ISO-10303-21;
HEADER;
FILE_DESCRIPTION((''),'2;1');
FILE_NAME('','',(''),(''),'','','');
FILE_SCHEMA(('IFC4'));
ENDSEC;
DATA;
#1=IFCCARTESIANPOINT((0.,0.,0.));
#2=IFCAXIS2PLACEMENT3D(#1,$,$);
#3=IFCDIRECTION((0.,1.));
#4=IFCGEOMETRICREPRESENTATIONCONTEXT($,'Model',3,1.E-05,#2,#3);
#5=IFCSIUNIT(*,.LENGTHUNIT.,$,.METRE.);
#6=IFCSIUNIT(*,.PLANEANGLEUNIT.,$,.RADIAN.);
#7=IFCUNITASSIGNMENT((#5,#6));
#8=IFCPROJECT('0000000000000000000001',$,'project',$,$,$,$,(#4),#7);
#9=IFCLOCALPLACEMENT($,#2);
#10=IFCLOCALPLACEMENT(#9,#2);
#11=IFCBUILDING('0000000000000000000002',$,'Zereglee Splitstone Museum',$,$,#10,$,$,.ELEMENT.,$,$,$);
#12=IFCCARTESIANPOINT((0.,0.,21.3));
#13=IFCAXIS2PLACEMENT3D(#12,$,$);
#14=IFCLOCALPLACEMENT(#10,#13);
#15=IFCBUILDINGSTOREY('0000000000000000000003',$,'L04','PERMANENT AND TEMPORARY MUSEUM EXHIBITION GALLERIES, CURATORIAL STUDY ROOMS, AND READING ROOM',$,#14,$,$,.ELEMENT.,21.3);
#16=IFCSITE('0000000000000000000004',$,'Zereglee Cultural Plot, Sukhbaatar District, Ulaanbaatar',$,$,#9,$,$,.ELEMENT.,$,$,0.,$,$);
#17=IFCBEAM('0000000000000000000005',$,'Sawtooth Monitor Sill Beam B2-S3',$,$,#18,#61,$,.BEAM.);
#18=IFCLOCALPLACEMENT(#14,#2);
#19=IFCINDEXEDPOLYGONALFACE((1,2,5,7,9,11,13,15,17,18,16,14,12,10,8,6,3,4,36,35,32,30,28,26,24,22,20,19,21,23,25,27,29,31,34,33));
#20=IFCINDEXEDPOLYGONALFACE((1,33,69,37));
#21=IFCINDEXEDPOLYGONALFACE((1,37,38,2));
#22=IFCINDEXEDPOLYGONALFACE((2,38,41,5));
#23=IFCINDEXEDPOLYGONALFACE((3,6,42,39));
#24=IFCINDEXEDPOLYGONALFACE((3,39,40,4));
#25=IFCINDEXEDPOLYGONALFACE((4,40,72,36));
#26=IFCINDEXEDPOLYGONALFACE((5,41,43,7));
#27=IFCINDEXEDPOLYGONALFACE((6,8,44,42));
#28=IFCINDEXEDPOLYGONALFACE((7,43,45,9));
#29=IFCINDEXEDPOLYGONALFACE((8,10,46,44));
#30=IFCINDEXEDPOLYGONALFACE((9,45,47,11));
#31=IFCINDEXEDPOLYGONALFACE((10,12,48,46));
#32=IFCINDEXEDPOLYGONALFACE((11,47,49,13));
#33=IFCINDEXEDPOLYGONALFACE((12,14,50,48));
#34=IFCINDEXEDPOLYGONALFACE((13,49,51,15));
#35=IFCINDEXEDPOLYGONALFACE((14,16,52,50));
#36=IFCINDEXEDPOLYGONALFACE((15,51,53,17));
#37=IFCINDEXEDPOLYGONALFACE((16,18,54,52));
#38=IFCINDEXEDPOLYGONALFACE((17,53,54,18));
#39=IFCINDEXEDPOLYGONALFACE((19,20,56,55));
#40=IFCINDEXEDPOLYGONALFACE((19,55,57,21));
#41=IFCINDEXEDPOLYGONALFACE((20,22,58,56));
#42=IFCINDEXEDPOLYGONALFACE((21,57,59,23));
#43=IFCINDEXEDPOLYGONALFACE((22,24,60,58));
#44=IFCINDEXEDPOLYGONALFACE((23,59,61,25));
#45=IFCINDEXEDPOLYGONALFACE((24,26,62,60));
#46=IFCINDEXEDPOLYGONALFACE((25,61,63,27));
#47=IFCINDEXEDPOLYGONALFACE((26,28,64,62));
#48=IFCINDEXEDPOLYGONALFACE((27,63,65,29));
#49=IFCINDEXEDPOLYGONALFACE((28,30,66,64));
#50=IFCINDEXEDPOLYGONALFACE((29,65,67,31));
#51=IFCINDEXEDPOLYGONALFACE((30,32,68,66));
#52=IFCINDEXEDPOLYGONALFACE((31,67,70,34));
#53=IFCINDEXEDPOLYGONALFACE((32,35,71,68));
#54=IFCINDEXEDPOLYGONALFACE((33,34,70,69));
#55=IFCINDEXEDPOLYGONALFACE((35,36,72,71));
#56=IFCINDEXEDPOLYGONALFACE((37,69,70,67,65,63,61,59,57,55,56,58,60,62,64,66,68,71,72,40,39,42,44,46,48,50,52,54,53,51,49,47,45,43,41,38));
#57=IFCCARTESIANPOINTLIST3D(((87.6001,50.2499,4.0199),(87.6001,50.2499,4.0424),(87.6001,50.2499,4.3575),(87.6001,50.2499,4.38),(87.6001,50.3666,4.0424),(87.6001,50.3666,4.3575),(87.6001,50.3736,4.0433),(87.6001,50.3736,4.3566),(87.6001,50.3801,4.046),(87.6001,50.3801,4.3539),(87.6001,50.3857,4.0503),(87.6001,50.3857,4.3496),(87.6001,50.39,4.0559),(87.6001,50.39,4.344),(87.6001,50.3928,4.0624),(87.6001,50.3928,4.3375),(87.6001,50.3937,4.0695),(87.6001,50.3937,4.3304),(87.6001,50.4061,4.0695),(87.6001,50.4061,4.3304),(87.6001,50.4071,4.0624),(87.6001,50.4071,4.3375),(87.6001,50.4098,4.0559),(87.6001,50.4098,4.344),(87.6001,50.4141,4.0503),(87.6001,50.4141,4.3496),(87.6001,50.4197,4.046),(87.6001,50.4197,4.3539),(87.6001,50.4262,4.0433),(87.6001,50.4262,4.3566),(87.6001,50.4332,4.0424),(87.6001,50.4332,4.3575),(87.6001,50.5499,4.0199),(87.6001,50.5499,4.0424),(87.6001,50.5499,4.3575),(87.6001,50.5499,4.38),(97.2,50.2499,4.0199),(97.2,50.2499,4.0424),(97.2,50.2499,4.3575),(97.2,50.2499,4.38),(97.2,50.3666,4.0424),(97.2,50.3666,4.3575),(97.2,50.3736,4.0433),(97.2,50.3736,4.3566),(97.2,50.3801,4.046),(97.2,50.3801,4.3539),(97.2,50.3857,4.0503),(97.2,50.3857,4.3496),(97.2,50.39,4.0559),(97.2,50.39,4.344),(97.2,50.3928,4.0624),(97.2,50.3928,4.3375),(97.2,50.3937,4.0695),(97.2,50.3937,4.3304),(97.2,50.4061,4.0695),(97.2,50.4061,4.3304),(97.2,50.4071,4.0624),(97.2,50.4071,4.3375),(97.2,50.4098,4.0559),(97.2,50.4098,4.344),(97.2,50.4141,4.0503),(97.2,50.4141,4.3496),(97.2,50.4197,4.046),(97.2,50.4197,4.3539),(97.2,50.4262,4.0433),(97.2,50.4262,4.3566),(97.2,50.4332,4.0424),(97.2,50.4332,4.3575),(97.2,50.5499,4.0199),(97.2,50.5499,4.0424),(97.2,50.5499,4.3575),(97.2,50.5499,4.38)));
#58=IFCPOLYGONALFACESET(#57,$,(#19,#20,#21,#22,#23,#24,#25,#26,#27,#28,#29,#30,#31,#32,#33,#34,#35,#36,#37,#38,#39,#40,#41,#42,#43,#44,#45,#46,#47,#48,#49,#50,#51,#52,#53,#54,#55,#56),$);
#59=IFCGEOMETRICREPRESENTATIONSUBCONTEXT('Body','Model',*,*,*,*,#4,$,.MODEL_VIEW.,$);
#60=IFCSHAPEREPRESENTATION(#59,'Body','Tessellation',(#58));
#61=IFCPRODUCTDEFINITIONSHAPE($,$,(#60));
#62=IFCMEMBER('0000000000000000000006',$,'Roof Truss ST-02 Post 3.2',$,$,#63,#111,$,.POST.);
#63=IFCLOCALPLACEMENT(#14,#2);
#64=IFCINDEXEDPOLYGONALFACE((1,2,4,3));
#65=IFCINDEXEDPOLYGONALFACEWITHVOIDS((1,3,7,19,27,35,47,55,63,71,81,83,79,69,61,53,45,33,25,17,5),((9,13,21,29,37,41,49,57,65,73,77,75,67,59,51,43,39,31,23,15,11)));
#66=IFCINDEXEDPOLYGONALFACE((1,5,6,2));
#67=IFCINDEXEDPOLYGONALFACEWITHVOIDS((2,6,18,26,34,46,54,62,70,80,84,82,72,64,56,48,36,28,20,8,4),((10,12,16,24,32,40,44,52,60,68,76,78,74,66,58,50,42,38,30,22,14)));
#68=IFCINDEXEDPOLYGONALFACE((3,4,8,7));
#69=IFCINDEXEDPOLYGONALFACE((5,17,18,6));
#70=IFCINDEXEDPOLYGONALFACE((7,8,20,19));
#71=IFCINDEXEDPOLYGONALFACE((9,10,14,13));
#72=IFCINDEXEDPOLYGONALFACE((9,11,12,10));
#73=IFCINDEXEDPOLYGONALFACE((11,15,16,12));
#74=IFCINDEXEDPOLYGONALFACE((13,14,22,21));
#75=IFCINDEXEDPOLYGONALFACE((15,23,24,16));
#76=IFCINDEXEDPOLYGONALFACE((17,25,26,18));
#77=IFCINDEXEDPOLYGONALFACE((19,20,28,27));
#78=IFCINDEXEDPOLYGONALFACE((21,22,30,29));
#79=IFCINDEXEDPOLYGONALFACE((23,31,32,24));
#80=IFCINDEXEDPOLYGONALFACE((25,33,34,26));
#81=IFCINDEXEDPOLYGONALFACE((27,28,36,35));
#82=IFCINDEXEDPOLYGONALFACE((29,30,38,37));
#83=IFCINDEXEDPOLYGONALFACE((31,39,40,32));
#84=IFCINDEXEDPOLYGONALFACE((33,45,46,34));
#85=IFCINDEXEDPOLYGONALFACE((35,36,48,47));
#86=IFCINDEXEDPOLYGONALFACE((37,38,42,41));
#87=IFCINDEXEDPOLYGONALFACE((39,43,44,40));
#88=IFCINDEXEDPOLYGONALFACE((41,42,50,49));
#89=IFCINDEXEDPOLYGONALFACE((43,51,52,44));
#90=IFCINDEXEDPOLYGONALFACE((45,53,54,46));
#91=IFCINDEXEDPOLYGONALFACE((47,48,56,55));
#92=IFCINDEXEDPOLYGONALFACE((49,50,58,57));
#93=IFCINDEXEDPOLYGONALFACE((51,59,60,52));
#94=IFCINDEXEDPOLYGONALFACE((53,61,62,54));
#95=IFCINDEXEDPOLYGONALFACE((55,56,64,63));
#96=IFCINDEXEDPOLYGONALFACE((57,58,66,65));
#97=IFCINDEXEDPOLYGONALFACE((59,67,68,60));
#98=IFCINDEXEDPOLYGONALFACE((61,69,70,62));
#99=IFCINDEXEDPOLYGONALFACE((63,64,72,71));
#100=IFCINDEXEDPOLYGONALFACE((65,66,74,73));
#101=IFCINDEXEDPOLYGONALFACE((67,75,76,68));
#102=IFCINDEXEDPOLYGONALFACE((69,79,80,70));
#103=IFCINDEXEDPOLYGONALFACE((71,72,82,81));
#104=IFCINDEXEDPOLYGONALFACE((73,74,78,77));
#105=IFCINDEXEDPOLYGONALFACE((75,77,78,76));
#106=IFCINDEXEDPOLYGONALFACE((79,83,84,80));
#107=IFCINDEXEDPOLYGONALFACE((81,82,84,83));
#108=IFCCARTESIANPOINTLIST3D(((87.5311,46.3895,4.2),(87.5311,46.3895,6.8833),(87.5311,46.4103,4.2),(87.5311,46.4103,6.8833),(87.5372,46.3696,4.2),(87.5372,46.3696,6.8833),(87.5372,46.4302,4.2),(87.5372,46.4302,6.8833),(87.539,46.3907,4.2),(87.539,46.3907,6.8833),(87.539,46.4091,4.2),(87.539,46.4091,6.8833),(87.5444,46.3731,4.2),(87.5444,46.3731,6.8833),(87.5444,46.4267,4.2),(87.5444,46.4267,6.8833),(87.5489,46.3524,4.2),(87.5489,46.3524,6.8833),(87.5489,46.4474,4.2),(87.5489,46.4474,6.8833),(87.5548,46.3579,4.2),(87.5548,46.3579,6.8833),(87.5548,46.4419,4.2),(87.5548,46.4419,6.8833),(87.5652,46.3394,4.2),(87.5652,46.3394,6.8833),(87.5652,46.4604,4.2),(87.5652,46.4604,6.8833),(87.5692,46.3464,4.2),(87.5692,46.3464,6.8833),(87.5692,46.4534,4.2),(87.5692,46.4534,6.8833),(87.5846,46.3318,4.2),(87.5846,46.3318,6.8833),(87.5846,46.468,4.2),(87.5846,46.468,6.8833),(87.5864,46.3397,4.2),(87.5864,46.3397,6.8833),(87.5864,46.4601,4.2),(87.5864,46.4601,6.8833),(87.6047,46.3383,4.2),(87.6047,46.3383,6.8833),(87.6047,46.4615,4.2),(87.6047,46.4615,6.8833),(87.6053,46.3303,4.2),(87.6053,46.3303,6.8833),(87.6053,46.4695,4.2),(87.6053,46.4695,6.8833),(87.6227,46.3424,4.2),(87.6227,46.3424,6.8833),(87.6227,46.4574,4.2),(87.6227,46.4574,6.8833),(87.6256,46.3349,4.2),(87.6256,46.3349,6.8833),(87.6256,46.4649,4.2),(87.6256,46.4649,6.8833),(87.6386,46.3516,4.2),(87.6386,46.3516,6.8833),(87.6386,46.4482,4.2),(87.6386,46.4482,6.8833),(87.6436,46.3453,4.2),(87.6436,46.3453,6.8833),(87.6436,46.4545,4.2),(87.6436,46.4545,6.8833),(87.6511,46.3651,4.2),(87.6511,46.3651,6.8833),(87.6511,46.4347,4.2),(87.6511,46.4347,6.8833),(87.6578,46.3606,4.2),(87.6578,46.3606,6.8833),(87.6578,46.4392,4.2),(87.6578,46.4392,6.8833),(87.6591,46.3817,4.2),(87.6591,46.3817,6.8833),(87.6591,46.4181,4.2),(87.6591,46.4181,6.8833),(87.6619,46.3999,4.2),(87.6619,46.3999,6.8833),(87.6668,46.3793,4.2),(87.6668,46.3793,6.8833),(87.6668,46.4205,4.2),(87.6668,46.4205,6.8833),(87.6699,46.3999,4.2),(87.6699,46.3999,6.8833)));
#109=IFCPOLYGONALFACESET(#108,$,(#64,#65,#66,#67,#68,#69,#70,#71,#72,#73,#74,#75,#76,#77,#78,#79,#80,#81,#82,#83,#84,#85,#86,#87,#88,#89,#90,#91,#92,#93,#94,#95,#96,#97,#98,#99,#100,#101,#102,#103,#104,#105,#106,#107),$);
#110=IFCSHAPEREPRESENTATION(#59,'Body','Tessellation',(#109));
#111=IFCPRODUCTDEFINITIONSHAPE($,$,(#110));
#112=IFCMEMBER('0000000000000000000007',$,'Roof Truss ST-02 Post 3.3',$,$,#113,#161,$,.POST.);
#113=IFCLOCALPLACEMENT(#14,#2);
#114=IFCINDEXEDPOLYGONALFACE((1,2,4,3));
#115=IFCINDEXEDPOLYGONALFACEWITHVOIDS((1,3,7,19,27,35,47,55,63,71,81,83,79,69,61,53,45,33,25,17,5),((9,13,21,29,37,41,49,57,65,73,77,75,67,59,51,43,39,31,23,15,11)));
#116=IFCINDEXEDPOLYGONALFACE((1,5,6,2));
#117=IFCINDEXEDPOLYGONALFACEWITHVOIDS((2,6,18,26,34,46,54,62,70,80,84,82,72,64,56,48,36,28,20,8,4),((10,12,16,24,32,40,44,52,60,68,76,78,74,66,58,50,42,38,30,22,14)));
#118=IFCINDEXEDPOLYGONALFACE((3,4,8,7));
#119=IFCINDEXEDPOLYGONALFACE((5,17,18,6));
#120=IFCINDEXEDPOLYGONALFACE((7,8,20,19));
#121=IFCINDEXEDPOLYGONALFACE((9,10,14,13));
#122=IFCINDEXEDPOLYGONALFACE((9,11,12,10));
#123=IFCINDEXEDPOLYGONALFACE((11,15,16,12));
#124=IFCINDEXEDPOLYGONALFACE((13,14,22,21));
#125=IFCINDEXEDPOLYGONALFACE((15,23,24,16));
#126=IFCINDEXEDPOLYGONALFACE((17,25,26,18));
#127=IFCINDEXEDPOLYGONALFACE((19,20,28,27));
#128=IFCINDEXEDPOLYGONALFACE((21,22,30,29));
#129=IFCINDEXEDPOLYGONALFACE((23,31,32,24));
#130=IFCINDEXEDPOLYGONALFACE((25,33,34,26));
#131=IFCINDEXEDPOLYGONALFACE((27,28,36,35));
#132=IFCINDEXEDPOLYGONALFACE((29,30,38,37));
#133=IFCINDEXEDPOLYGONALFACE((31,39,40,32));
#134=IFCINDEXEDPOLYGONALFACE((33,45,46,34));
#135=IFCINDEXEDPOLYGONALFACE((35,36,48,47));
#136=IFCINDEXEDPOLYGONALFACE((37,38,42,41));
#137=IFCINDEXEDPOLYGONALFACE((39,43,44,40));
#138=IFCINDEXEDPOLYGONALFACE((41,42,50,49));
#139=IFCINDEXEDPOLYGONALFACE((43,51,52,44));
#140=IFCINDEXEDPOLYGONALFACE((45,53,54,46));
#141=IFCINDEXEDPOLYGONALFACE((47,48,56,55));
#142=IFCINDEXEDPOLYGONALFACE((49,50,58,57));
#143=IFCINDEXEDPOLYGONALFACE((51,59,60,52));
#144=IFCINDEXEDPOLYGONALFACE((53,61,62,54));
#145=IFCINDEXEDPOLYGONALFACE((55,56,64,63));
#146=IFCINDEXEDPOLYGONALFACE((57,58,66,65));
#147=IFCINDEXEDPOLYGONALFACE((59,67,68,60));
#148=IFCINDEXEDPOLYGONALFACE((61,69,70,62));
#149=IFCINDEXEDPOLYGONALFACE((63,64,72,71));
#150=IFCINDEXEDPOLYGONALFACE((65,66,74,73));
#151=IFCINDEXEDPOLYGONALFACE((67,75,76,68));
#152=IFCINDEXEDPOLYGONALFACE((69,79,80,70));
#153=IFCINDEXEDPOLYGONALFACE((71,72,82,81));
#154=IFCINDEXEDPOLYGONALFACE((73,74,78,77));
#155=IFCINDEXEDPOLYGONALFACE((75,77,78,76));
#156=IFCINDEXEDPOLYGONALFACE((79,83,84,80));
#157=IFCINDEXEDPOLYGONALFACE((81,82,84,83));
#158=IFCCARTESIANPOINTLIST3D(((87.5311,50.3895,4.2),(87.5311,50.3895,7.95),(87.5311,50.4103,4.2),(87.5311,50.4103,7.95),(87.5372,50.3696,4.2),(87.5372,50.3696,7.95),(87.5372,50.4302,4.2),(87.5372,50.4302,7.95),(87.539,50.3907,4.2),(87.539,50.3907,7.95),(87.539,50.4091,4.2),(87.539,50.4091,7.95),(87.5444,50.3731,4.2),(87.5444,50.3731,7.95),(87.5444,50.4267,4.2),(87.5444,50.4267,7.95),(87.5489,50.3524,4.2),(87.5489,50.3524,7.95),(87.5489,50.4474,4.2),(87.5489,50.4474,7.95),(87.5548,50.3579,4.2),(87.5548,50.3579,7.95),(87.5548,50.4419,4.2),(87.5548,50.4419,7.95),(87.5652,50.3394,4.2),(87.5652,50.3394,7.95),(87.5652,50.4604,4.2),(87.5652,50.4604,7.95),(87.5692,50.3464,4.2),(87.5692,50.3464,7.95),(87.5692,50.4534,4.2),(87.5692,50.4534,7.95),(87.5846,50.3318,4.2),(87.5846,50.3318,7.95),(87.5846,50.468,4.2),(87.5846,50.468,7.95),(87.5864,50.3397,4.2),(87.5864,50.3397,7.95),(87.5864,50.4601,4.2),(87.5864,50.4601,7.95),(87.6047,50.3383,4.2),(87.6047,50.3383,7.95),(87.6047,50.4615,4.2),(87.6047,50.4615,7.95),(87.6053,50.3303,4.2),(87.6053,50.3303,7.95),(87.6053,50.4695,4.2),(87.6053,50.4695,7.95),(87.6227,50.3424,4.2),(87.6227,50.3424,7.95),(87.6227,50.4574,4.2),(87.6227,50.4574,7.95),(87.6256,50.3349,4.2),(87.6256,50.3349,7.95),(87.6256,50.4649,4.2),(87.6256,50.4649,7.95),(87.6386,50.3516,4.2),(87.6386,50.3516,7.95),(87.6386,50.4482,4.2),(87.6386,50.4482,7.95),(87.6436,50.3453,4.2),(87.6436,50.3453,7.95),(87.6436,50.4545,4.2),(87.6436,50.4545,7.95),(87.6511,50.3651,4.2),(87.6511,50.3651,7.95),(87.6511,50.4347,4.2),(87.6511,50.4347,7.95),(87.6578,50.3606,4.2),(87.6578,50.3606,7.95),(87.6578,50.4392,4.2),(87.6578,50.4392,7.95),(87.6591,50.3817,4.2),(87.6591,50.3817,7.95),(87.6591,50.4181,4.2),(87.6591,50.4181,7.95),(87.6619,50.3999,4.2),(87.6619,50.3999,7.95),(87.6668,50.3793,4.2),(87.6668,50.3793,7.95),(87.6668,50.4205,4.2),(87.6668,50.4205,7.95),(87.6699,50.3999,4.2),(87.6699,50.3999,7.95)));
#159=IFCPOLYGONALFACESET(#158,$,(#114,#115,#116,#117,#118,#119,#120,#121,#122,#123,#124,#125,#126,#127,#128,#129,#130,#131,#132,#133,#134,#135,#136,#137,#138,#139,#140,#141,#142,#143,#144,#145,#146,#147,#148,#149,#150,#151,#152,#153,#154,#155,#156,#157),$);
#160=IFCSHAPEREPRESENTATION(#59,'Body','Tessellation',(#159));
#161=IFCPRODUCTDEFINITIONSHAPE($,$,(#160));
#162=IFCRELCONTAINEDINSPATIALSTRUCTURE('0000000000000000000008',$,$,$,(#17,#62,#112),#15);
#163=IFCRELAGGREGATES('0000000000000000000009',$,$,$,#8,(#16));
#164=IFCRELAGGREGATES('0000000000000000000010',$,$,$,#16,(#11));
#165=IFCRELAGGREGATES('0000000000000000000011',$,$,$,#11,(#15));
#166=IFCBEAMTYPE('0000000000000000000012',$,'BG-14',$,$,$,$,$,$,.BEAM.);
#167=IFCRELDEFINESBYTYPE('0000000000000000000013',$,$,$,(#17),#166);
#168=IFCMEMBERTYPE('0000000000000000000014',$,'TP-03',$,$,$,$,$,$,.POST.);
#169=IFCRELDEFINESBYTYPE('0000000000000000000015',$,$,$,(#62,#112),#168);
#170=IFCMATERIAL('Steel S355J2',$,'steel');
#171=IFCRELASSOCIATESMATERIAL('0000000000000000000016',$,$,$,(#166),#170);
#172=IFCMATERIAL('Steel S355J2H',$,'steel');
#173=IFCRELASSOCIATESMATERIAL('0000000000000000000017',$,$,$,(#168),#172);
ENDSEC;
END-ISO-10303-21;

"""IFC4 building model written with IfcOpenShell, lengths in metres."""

from ifc_helpers import new_model, si_unit, direction, frame, origin, origin_2d, place, context, subcontext, project, spatial, hollow_circle, i_section, extrude, material, material_profile, profile_set, type_object, element, save


model = new_model("IFC4")

# Units and contexts
model_context = context("Model", 3, precision=1e-05, world=origin(), true_north=direction((0.0, 1.0)))
body_context = subcontext(model_context, "Body", "Model", "MODEL_VIEW")
ifc_project = project(units=[si_unit("LENGTHUNIT", "METRE"), si_unit("PLANEANGLEUNIT", "RADIAN")], contexts=[model_context])

# Site, building, storey
site_placement = place(None, origin())
site = spatial("IfcSite", under=ifc_project, at=site_placement, Name="Zereglee Cultural Plot, Sukhbaatar District, Ulaanbaatar", CompositionType="ELEMENT", RefElevation=0.0)
building_placement = place(site_placement, origin())
building = spatial("IfcBuilding", under=site, at=building_placement, Name="Zereglee Splitstone Museum", CompositionType="ELEMENT")
storey_placement = place(building_placement, frame((0.0, 0.0, 21.3)))
storey = spatial("IfcBuildingStorey", under=building, at=storey_placement, Name="L04", Description="PERMANENT AND TEMPORARY MUSEUM EXHIBITION GALLERIES, CURATORIAL STUDY ROOMS, AND READING ROOM", CompositionType="ELEMENT", Elevation=21.3)

# Shared definitions
ifc_material_1 = material(Name="Steel S355J2", Category="steel")

# Shared definitions
ifc_material_2 = material(Name="Steel S355J2H", Category="steel")

# Beam
ifc_material_profile_1 = material_profile(ifc_material_1, i_section(OverallWidth=0.3, OverallDepth=0.3601, WebThickness=0.0125, FlangeThickness=0.0225, FilletRadius=0.0271, at=origin_2d()), Name="HE 360 B")
ifc_profile_set_1 = profile_set([ifc_material_profile_1], Name="Steel S355J2")
beam_type_1 = type_object("IfcBeamType", Name="BG-14", PredefinedType="BEAM", material=ifc_profile_set_1)
beam_1_placement = place(storey_placement, frame((87.6001, 50.3999, 4.2), z_axis=(1.0, 0.0, 0.0), x_axis=(0.0, 1.0, 0.0)))
element("IfcBeam", 1, at=beam_1_placement, inside=storey, type_object=beam_type_1, Name="Sawtooth Monitor Sill Beam B2-S3", PredefinedType="BEAM", context=body_context, shape_type="SweptSolid", body=[
    extrude(i_section(OverallWidth=0.3, OverallDepth=0.3601, WebThickness=0.0125, FlangeThickness=0.0225, FilletRadius=0.0271, at=origin_2d()), origin(), (0.0, 0.0, 1.0), 9.5999),
])

# Members
ifc_material_profile_2 = material_profile(ifc_material_2, hollow_circle(Radius=0.0698, WallThickness=0.0081, at=origin_2d()), Name="CHS 139.7x8")
ifc_profile_set_2 = profile_set([ifc_material_profile_2], Name="Steel S355J2H")
member_type_1 = type_object("IfcMemberType", Name="TP-03", PredefinedType="POST", material=ifc_profile_set_2)
member_1_placement = place(storey_placement, frame((87.6001, 46.3999, 4.2), z_axis=(0.0, 0.0, 1.0), x_axis=(1.0, 0.0, 0.0)))
element("IfcMember", 2, at=member_1_placement, inside=storey, type_object=member_type_1, Name="Roof Truss ST-02 Post 3.2", PredefinedType="POST", context=body_context, shape_type="SweptSolid", body=[
    extrude(hollow_circle(Radius=0.0698, WallThickness=0.0081, at=origin_2d()), origin(), (0.0, 0.0, 1.0), 2.6833),
])
member_2_placement = place(storey_placement, frame((87.6001, 50.3999, 4.2), z_axis=(0.0, 0.0, 1.0), x_axis=(1.0, 0.0, 0.0)))
element("IfcMember", 3, at=member_2_placement, inside=storey, type_object=member_type_1, Name="Roof Truss ST-02 Post 3.3", PredefinedType="POST", context=body_context, shape_type="SweptSolid", body=[
    extrude(hollow_circle(Radius=0.0698, WallThickness=0.0081, at=origin_2d()), origin(), (0.0, 0.0, 1.0), 3.75),
])

save(model, "model.ifc")
